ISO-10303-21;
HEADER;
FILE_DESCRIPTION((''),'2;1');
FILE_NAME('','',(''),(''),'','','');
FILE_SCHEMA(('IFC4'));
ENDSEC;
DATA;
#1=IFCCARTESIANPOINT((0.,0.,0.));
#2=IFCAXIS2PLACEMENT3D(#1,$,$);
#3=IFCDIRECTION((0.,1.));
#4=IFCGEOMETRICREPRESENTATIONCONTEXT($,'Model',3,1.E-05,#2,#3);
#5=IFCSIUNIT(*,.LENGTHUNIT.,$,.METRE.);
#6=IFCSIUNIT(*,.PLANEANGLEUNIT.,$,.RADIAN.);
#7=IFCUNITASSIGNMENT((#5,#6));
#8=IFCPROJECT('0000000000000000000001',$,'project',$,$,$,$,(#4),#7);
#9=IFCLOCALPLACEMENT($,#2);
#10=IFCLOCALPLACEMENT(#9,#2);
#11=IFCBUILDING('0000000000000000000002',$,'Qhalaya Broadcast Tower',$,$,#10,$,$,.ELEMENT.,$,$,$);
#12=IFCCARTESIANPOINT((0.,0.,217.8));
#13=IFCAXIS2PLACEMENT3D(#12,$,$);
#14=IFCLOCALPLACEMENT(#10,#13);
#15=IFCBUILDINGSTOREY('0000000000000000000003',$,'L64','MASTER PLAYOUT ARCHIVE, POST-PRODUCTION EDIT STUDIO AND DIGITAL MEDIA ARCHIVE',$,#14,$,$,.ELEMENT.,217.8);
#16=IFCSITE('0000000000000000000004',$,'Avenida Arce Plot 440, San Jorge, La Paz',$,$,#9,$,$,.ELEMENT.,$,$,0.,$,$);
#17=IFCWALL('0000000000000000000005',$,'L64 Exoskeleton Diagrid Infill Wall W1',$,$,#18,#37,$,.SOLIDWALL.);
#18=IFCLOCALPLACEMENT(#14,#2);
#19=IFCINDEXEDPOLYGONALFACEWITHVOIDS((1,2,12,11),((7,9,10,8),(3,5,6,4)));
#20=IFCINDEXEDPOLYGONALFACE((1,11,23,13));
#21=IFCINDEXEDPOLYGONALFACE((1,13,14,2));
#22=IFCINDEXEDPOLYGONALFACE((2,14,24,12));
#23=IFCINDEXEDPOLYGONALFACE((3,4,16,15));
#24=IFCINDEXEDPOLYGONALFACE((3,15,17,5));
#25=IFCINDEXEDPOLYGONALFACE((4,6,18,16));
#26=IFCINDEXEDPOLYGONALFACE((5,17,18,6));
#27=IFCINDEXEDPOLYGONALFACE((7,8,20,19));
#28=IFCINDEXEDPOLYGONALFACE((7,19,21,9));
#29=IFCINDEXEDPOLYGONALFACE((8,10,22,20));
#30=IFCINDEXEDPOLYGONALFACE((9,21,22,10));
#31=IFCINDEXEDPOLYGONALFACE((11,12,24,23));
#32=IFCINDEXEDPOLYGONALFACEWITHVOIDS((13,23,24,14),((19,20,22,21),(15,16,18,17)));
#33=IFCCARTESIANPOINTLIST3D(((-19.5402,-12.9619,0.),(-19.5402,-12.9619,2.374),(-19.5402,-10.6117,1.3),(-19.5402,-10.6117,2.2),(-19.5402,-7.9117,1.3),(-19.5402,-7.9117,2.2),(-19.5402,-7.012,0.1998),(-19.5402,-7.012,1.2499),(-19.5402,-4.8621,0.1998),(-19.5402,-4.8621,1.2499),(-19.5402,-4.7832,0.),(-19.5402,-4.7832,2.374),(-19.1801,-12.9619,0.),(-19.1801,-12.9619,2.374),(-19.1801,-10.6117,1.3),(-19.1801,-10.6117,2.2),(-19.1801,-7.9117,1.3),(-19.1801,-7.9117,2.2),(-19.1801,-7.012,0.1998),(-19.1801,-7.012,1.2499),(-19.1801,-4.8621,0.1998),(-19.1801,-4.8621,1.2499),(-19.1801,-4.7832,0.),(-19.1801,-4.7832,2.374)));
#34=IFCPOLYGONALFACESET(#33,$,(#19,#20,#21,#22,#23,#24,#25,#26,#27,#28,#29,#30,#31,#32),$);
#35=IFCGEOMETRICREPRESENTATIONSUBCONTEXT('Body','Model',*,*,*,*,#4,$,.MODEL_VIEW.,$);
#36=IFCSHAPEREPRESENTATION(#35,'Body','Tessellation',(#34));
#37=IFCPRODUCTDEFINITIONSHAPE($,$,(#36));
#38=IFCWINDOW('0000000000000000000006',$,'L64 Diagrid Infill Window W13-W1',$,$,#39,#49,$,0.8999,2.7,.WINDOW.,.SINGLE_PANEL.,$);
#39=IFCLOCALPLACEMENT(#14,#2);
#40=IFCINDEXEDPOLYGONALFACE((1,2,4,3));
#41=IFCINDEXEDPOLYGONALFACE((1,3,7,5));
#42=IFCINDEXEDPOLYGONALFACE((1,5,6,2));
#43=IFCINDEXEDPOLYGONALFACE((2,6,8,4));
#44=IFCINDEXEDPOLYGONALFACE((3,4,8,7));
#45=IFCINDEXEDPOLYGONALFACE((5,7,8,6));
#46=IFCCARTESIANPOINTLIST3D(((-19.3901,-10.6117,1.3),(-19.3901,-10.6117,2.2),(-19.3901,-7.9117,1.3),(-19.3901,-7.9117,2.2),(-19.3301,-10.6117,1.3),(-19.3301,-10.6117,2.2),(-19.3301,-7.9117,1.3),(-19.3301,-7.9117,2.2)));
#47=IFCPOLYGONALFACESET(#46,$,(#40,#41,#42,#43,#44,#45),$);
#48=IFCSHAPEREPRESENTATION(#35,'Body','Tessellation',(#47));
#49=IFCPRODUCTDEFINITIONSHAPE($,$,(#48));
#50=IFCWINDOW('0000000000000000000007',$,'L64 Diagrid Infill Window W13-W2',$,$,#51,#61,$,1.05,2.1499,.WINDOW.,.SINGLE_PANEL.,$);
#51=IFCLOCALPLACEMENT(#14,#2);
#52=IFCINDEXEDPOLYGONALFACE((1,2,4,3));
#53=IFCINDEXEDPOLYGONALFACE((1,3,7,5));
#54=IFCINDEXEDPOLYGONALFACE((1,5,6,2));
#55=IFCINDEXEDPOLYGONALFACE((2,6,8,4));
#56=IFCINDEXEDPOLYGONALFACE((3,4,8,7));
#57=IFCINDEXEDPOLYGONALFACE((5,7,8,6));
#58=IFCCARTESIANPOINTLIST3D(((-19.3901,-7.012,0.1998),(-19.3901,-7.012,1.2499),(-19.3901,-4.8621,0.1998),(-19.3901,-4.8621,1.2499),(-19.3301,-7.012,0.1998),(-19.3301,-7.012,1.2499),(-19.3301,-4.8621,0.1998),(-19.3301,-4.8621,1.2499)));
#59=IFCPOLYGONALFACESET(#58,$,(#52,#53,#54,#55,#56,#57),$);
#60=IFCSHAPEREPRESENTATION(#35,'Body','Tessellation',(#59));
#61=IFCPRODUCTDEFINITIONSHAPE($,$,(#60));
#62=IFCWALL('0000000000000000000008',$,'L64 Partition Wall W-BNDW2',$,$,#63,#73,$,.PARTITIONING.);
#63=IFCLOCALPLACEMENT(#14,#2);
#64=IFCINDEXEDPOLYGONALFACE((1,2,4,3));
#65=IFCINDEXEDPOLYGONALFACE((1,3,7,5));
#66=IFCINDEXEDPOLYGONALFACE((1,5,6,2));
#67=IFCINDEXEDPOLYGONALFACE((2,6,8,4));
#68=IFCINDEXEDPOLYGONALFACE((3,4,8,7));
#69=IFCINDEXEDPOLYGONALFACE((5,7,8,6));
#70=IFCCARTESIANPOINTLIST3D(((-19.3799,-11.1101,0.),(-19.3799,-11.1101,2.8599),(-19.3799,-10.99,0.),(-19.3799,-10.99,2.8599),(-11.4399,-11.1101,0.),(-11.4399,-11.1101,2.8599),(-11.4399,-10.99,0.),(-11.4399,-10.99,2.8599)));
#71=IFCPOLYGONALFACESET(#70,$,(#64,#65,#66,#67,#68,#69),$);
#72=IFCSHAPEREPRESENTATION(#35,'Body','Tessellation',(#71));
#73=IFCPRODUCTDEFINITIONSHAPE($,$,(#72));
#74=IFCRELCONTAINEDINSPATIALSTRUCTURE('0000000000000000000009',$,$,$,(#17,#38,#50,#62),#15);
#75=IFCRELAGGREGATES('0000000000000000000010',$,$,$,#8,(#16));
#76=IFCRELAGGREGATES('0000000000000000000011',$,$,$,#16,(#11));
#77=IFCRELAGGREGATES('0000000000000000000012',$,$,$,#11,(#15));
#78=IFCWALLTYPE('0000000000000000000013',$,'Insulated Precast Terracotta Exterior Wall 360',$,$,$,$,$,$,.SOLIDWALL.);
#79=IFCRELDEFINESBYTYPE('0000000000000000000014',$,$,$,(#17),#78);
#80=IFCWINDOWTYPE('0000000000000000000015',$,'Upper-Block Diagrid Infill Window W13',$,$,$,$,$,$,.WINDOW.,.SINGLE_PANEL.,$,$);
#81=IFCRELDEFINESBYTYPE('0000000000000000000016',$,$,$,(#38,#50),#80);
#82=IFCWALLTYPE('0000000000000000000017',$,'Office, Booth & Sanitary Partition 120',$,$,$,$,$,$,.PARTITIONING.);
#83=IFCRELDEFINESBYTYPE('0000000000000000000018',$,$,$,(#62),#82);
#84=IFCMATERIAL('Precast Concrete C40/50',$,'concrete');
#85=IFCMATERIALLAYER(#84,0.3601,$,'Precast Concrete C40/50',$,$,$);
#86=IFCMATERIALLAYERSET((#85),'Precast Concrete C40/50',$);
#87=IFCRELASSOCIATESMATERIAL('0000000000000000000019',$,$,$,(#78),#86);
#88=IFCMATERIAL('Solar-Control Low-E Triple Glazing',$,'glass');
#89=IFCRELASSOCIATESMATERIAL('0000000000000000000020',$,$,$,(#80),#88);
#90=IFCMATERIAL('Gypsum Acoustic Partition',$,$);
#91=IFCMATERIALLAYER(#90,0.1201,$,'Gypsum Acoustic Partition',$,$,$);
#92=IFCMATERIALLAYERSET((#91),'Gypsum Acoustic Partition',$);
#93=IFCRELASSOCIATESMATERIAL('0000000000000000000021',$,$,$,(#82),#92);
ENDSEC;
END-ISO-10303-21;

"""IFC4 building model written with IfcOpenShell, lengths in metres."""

from ifc_helpers import new_model, si_unit, direction, frame, frame_2d, origin, place, context, subcontext, project, spatial, rectangle, extrude, material, layer, layer_set, type_object, element, fill, save


model = new_model("IFC4")

# Units and contexts
model_context = context("Model", 3, precision=1e-05, world=origin(), true_north=direction((0.0, 1.0)))
body_context = subcontext(model_context, "Body", "Model", "MODEL_VIEW")
ifc_project = project(units=[si_unit("LENGTHUNIT", "METRE"), si_unit("PLANEANGLEUNIT", "RADIAN")], contexts=[model_context])

# Site, building, storey
site_placement = place(None, origin())
site = spatial("IfcSite", under=ifc_project, at=site_placement, Name="Avenida Arce Plot 440, San Jorge, La Paz", CompositionType="ELEMENT", RefElevation=0.0)
building_placement = place(site_placement, origin())
building = spatial("IfcBuilding", under=site, at=building_placement, Name="Qhalaya Broadcast Tower", CompositionType="ELEMENT")
storey_placement = place(building_placement, frame((0.0, 0.0, 217.8)))
storey = spatial("IfcBuildingStorey", under=building, at=storey_placement, Name="L64", Description="MASTER PLAYOUT ARCHIVE, POST-PRODUCTION EDIT STUDIO AND DIGITAL MEDIA ARCHIVE", CompositionType="ELEMENT", Elevation=217.8)

# Shared definitions
ifc_material_1 = material(Name="Gypsum Acoustic Partition")

# Wall, openings, windows
ifc_material_2 = material(Name="Precast Concrete C40/50", Category="concrete")
ifc_layer_1 = layer(ifc_material_2, 0.3601, Name="Precast Concrete C40/50")
ifc_layer_set_1 = layer_set([ifc_layer_1], Name="Precast Concrete C40/50")
wall_type_1 = type_object("IfcWallType", Name="Insulated Precast Terracotta Exterior Wall 360", PredefinedType="SOLIDWALL", material=ifc_layer_set_1)
wall_1_placement = place(storey_placement, frame((-19.3601, -12.9619, 0.0), z_axis=(0.0, 0.0, 1.0), x_axis=(0.0, 1.0, 0.0)))
wall_1 = element("IfcWall", 1, at=wall_1_placement, inside=storey, type_object=wall_type_1, Name="L64 Exoskeleton Diagrid Infill Wall W1", PredefinedType="SOLIDWALL", context=body_context, shape_type="SweptSolid", body=[
    extrude(rectangle(XDim=8.1787, YDim=0.3601, at=frame_2d((4.0894, 0.0))), origin(), (0.0, 0.0, 1.0), 2.374),
])
opening_1_placement = place(wall_1_placement, frame((2.3501, 0.0, 1.3)))
opening_1 = element("IfcOpeningElement", 2, at=opening_1_placement, cuts=wall_1, PredefinedType="OPENING", context=body_context, shape_type="SweptSolid", body=[
    extrude(rectangle(XDim=2.7, YDim=0.8999, at=frame_2d((1.3501, 0.45))), frame((0.0, 0.1921, 0.0), z_axis=(0.0, -1.0, 0.0), x_axis=(1.0, 0.0, 0.0)), (0.0, 0.0, 1.0), 0.384),
])
opening_2_placement = place(wall_1_placement, frame((5.95, 0.0, 0.2)))
opening_2 = element("IfcOpeningElement", 3, at=opening_2_placement, cuts=wall_1, PredefinedType="OPENING", context=body_context, shape_type="SweptSolid", body=[
    extrude(rectangle(XDim=2.1499, YDim=1.05, at=frame_2d((1.075, 0.5249))), frame((0.0, 0.1921, 0.0), z_axis=(0.0, -1.0, 0.0), x_axis=(1.0, 0.0, 0.0)), (0.0, 0.0, 1.0), 0.384),
])
ifc_material_3 = material(Name="Solar-Control Low-E Triple Glazing", Category="glass")
window_type = type_object("IfcWindowType", Name="Upper-Block Diagrid Infill Window W13", PartitioningType="SINGLE_PANEL", PredefinedType="WINDOW", material=ifc_material_3)
window_1_placement = place(opening_1_placement, origin())
window_1 = element("IfcWindow", 4, at=window_1_placement, inside=storey, type_object=window_type, Name="L64 Diagrid Infill Window W13-W1", OverallHeight=0.8999, OverallWidth=2.7, PartitioningType="SINGLE_PANEL", PredefinedType="WINDOW", context=body_context, shape_type="SweptSolid", body=[
    extrude(rectangle(XDim=2.7, YDim=0.8999, at=frame_2d((1.3501, 0.45))), frame((0.0, 0.03, 0.0), z_axis=(0.0, -1.0, 0.0), x_axis=(1.0, 0.0, 0.0)), (0.0, 0.0, 1.0), 0.0601),
])
fill(opening_1, window_1)
window_2_placement = place(opening_2_placement, origin())
window_2 = element("IfcWindow", 5, at=window_2_placement, inside=storey, type_object=window_type, Name="L64 Diagrid Infill Window W13-W2", OverallHeight=1.05, OverallWidth=2.1499, PartitioningType="SINGLE_PANEL", PredefinedType="WINDOW", context=body_context, shape_type="SweptSolid", body=[
    extrude(rectangle(XDim=2.1499, YDim=1.05, at=frame_2d((1.075, 0.5249))), frame((0.0, 0.03, 0.0), z_axis=(0.0, -1.0, 0.0), x_axis=(1.0, 0.0, 0.0)), (0.0, 0.0, 1.0), 0.0601),
])
fill(opening_2, window_2)

# Wall
ifc_layer_2 = layer(ifc_material_1, 0.1201, Name="Gypsum Acoustic Partition")
ifc_layer_set_2 = layer_set([ifc_layer_2], Name="Gypsum Acoustic Partition")
wall_type_2 = type_object("IfcWallType", Name="Office, Booth & Sanitary Partition 120", PredefinedType="PARTITIONING", material=ifc_layer_set_2)
wall_2_placement = place(storey_placement, frame((-19.3799, -11.05, 0.0), z_axis=(0.0, 0.0, 1.0), x_axis=(1.0, 0.0, 0.0)))
element("IfcWall", 6, at=wall_2_placement, inside=storey, type_object=wall_type_2, Name="L64 Partition Wall W-BNDW2", PredefinedType="PARTITIONING", context=body_context, shape_type="SweptSolid", body=[
    extrude(rectangle(XDim=7.9399, YDim=0.1201, at=frame_2d((3.97, 0.0))), origin(), (0.0, 0.0, 1.0), 2.8599),
])

save(model, "model.ifc")
